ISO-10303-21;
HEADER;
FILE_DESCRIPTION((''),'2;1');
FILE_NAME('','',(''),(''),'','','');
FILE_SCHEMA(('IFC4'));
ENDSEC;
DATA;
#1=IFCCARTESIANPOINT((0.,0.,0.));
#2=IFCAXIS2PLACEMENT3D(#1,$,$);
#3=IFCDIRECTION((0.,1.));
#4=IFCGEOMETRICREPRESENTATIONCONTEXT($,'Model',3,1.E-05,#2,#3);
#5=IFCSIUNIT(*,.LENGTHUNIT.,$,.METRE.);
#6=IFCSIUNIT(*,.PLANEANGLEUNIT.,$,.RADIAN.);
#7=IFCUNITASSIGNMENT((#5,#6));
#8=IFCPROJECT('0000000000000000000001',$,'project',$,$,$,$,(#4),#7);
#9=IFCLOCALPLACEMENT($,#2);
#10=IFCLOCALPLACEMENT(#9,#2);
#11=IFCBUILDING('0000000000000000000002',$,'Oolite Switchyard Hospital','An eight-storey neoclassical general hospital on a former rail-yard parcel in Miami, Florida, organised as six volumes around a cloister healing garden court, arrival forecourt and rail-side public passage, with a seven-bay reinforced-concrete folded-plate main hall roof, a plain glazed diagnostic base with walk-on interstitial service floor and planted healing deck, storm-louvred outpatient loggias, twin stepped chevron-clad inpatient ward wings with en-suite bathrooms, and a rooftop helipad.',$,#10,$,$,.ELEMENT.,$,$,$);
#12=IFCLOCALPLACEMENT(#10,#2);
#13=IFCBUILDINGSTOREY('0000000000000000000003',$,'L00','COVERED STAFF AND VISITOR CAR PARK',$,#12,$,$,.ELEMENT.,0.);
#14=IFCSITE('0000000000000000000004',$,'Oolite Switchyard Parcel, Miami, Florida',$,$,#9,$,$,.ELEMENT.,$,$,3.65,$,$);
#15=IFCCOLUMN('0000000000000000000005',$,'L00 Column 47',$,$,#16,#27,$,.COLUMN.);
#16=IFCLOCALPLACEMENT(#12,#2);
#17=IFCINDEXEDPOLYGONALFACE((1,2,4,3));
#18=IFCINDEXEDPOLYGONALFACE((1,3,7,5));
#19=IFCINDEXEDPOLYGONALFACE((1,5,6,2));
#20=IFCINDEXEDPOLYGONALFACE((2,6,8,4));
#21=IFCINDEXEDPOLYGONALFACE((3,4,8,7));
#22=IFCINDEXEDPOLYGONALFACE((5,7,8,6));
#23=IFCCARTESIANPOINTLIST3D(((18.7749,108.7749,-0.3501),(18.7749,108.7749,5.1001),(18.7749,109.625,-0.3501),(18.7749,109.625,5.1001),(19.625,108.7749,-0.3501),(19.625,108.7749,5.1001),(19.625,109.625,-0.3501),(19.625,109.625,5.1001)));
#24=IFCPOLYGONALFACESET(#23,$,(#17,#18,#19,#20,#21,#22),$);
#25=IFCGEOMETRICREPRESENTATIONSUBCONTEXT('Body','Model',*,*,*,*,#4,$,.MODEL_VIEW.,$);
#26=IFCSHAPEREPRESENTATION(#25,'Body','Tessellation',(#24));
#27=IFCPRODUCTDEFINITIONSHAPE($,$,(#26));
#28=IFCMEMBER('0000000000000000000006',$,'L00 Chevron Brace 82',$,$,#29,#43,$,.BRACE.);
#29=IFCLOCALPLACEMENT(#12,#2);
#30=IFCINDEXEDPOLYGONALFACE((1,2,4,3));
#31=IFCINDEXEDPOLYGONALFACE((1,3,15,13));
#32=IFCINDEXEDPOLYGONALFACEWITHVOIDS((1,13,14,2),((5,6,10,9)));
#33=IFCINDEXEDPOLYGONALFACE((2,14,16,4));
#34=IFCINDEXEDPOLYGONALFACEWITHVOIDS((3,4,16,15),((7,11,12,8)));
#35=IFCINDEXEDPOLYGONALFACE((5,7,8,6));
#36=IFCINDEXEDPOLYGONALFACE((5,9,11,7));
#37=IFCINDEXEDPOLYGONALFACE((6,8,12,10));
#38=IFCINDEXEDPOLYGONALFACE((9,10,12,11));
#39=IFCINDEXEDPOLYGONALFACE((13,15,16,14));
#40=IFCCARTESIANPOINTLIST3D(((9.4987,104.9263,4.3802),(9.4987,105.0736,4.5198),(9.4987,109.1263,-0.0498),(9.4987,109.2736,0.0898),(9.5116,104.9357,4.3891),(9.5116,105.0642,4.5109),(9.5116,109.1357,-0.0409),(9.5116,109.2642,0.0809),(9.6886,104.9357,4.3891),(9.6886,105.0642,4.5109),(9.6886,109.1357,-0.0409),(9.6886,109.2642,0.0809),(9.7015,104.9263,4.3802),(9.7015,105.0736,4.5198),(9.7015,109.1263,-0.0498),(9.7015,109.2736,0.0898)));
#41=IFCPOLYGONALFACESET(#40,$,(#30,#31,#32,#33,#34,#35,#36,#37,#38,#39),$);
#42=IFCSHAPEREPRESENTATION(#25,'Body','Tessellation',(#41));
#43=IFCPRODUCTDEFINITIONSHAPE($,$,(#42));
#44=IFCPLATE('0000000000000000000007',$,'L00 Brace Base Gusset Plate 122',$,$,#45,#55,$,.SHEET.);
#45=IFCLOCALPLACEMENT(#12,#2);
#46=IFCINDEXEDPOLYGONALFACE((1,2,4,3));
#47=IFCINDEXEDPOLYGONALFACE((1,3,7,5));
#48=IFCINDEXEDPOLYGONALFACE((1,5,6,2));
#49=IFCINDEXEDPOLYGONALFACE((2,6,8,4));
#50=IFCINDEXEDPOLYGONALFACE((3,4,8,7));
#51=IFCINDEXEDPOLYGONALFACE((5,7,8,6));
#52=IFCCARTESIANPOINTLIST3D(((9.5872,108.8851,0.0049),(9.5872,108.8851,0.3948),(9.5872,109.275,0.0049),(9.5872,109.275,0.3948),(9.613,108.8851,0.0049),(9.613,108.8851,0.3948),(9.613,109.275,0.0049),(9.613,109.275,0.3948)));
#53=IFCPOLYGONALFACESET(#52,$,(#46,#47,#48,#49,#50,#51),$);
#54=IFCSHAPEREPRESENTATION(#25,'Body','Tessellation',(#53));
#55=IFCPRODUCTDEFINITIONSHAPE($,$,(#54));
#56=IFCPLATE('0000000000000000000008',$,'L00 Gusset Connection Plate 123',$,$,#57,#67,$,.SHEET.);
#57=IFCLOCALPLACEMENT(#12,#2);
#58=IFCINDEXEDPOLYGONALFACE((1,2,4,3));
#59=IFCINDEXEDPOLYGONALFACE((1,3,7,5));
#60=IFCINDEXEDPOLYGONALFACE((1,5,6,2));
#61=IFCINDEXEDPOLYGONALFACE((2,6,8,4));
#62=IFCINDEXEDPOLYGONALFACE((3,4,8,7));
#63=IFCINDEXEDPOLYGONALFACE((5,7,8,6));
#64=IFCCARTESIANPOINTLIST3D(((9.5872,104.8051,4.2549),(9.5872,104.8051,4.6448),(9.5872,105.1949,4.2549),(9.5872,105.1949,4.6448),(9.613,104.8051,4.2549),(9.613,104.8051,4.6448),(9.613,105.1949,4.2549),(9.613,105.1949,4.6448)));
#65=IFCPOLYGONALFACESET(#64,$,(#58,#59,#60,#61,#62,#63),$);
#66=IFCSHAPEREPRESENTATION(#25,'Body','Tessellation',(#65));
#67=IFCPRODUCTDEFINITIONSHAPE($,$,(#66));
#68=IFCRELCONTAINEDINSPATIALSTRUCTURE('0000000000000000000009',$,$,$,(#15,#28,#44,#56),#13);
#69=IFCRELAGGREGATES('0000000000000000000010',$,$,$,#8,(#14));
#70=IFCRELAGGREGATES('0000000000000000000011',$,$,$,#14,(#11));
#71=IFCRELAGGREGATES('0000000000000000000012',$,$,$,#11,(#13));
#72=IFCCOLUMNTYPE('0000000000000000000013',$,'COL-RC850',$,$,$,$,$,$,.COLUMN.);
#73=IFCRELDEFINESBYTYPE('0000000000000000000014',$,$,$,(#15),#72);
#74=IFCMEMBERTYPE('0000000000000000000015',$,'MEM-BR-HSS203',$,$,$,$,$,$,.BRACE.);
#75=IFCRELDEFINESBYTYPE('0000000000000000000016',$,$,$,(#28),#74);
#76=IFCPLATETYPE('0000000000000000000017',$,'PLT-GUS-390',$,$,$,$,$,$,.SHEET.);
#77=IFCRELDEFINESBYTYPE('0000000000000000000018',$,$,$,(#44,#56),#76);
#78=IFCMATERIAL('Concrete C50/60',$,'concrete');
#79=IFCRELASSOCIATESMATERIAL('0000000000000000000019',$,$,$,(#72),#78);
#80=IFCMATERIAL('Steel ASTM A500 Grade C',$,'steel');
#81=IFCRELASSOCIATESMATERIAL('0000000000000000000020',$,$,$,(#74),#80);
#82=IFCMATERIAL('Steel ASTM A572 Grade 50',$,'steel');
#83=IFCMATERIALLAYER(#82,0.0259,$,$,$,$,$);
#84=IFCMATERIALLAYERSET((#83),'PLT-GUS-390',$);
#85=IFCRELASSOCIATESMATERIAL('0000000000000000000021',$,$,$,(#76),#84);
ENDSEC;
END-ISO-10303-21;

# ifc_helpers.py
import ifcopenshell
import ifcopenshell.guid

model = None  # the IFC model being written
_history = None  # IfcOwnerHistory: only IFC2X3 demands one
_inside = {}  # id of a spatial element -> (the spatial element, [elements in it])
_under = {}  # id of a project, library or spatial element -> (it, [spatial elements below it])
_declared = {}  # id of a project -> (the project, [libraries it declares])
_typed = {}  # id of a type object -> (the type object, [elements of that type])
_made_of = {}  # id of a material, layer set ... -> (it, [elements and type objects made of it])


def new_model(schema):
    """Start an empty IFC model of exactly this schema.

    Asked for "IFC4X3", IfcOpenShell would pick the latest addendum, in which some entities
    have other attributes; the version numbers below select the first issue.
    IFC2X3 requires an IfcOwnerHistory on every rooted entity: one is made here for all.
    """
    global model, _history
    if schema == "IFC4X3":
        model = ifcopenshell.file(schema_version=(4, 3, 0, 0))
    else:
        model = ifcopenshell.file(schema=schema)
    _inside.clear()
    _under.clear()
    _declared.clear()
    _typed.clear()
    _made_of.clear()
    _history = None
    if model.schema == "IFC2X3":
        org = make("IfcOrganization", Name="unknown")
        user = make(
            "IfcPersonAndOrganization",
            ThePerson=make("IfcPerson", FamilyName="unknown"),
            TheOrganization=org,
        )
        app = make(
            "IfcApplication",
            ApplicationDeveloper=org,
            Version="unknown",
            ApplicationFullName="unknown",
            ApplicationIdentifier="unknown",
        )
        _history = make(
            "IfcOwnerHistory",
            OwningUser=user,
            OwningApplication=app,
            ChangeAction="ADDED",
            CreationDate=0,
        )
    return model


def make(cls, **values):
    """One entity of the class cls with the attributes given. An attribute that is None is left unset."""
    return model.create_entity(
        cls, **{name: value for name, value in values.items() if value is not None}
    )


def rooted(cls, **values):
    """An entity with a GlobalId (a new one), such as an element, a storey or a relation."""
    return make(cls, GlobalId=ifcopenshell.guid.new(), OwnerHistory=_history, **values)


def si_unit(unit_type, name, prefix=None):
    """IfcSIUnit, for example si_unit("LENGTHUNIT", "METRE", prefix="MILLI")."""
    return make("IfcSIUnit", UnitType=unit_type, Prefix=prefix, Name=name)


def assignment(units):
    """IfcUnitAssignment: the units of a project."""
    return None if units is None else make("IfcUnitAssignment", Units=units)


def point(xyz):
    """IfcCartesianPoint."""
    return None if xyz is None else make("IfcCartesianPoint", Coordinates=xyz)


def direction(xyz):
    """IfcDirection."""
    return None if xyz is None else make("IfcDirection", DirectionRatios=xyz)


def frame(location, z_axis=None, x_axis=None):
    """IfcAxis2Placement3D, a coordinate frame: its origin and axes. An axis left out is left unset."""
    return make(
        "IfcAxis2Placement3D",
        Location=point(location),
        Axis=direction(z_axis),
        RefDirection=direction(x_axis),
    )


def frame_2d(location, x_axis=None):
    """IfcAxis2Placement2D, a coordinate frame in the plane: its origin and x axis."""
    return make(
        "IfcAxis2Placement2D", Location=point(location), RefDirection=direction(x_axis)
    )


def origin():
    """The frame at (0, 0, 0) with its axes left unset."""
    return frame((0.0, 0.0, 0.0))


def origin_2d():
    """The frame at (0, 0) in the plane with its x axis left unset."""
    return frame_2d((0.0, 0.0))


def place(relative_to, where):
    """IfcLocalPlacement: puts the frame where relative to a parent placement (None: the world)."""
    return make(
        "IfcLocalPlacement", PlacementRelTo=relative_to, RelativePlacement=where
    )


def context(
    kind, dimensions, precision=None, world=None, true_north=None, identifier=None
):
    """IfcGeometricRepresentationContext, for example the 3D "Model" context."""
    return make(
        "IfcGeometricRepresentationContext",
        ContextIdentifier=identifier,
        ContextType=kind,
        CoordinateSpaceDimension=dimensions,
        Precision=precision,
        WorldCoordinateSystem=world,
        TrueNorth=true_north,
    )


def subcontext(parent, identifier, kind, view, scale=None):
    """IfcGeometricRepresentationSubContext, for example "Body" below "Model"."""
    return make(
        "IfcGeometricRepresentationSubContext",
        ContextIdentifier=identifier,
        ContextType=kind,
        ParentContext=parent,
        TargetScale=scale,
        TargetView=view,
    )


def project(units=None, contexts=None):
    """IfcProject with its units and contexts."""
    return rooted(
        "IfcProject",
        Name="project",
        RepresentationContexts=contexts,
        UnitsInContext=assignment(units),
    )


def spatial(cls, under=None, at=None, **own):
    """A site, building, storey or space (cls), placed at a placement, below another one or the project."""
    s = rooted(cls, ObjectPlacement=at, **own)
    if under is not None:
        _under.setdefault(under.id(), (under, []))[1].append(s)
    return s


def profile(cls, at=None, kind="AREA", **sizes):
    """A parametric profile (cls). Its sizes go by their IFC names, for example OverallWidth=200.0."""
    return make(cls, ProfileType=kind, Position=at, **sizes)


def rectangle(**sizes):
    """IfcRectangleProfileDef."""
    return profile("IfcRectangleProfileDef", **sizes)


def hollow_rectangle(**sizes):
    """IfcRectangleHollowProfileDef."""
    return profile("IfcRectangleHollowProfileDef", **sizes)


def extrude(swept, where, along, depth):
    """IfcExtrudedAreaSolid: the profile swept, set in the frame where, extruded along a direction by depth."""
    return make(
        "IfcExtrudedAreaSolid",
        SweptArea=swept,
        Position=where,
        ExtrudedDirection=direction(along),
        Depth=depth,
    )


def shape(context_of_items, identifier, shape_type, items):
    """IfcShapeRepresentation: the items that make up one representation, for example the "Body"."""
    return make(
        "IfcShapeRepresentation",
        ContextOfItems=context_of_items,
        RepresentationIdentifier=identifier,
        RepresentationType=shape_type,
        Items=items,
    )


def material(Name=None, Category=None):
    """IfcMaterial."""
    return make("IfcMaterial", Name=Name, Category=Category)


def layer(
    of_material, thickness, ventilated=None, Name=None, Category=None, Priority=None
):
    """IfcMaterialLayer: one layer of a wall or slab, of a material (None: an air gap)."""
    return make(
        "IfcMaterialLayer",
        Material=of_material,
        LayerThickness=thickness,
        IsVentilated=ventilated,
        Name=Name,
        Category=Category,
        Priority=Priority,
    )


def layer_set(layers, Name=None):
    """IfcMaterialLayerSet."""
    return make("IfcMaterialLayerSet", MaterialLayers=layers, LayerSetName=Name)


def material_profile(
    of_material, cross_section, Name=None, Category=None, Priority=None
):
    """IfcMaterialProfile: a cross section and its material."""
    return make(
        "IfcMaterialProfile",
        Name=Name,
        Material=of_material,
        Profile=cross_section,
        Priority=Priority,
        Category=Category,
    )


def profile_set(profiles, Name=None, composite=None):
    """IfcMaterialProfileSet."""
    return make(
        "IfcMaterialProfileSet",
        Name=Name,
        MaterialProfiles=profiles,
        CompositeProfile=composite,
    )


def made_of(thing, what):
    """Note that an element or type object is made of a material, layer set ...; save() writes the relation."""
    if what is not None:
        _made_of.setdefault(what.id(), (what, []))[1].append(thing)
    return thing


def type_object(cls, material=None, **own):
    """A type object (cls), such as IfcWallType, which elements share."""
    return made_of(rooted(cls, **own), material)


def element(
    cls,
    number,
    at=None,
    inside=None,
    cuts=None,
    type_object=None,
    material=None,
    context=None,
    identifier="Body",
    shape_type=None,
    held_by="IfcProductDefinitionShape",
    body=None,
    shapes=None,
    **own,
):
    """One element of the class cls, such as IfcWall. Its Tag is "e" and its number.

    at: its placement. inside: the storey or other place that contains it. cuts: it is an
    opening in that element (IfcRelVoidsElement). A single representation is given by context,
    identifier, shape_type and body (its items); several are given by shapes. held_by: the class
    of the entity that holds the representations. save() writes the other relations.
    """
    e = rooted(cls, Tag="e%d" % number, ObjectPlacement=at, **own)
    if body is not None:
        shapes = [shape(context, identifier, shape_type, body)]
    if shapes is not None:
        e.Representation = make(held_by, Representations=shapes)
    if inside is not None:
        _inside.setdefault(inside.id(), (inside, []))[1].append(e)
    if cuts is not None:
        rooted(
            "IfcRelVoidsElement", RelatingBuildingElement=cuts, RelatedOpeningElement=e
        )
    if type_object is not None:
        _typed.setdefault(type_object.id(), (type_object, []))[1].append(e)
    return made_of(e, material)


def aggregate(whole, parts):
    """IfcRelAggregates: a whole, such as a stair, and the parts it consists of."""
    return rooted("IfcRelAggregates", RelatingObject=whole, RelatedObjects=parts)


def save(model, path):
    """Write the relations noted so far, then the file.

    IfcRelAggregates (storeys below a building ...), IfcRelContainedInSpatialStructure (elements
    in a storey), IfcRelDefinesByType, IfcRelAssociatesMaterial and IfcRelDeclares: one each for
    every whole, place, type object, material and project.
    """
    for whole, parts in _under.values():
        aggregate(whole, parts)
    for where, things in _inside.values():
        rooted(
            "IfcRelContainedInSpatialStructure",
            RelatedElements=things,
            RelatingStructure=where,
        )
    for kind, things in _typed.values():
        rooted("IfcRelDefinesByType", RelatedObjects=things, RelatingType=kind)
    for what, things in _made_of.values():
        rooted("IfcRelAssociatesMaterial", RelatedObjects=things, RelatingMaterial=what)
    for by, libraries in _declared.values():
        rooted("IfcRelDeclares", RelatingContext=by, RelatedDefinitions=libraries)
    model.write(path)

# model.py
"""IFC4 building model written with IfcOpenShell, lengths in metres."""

from ifc_helpers import new_model, si_unit, direction, frame, origin, origin_2d, place, context, subcontext, project, spatial, rectangle, hollow_rectangle, extrude, material, layer, layer_set, material_profile, profile_set, type_object, element, save


model = new_model("IFC4")

# Units and contexts
model_context = context("Model", 3, precision=1e-05, world=origin(), true_north=direction((0.0, 1.0)))
body_context = subcontext(model_context, "Body", "Model", "MODEL_VIEW")
ifc_project = project(units=[si_unit("LENGTHUNIT", "METRE"), si_unit("PLANEANGLEUNIT", "RADIAN")], contexts=[model_context])

# Site, building, storey
site_placement = place(None, origin())
site = spatial("IfcSite", under=ifc_project, at=site_placement, Name="Oolite Switchyard Parcel, Miami, Florida", CompositionType="ELEMENT", RefElevation=3.65)
building_placement = place(site_placement, origin())
building = spatial("IfcBuilding", under=site, at=building_placement, Name="Oolite Switchyard Hospital", Description="An eight-storey neoclassical general hospital on a former rail-yard parcel in Miami, Florida, organised as six volumes around a cloister healing garden court, arrival forecourt and rail-side public passage, with a seven-bay reinforced-concrete folded-plate main hall roof, a plain glazed diagnostic base with walk-on interstitial service floor and planted healing deck, storm-louvred outpatient loggias, twin stepped chevron-clad inpatient ward wings with en-suite bathrooms, and a rooftop helipad.", CompositionType="ELEMENT")
storey_placement = place(building_placement, origin())
storey = spatial("IfcBuildingStorey", under=building, at=storey_placement, Name="L00", Description="COVERED STAFF AND VISITOR CAR PARK", CompositionType="ELEMENT", Elevation=0.0)

# Column
ifc_material_1 = material(Name="Concrete C50/60", Category="concrete")
ifc_material_profile_1 = material_profile(ifc_material_1, rectangle(XDim=0.8501, YDim=0.8501, at=origin_2d()), Name="RC850X850")
ifc_profile_set_1 = profile_set([ifc_material_profile_1], Name="Concrete C50/60")
column_type = type_object("IfcColumnType", Name="COL-RC850", PredefinedType="COLUMN", material=ifc_profile_set_1)
for number, where, z_axis, x_axis, name in (
    (1, (19.2, 109.2, -0.3501), (0.0, 0.0, 1.0), (1.0, 0.0, 0.0), "L00 Column 47"),
):
    element("IfcColumn", number, at=place(storey_placement, frame(where, z_axis=z_axis, x_axis=x_axis)), inside=storey, type_object=column_type, Name=name, PredefinedType="COLUMN", context=body_context, shape_type="SweptSolid", body=[
        extrude(rectangle(XDim=0.8501, YDim=0.8501, at=origin_2d()), origin(), (0.0, 0.0, 1.0), 5.4502),
    ])

# Member
ifc_material_2 = material(Name="Steel ASTM A500 Grade C", Category="steel")
ifc_material_profile_2 = material_profile(ifc_material_2, hollow_rectangle(XDim=0.2029, YDim=0.2029, WallThickness=0.0129, at=origin_2d()), Name="HSS203X203X13")
ifc_profile_set_2 = profile_set([ifc_material_profile_2], Name="Steel ASTM A500 Grade C")
member_type = type_object("IfcMemberType", Name="MEM-BR-HSS203", PredefinedType="BRACE", material=ifc_profile_set_2)
member_placement = place(storey_placement, frame((9.6001, 109.2, 0.02), z_axis=(0.0, -0.688019, 0.725693), x_axis=(1.0, 0.0, 0.0)))
element("IfcMember", 2, at=member_placement, inside=storey, type_object=member_type, Name="L00 Chevron Brace 82", PredefinedType="BRACE", context=body_context, shape_type="SweptSolid", body=[
    extrude(hollow_rectangle(XDim=0.2029, YDim=0.2029, WallThickness=0.0129, at=origin_2d()), origin(), (0.0, 0.0, 1.0), 6.1045),
])

# Plates
ifc_material_3 = material(Name="Steel ASTM A572 Grade 50", Category="steel")
ifc_layer = layer(ifc_material_3, 0.0259)
ifc_layer_set = layer_set([ifc_layer], Name="PLT-GUS-390")
plate_type = type_object("IfcPlateType", Name="PLT-GUS-390", PredefinedType="SHEET", material=ifc_layer_set)
for number, where, z_axis, x_axis, name in (
    (3, (9.6001, 109.0801, 0.0049), (0.0, 0.0, 1.0), (0.0, 1.0, 0.0), "L00 Brace Base Gusset Plate 122"),
    (4, (9.6001, 105.0, 4.2549), (0.0, 0.0, 1.0), (0.0, 1.0, 0.0), "L00 Gusset Connection Plate 123"),
):
    element("IfcPlate", number, at=place(storey_placement, frame(where, z_axis=z_axis, x_axis=x_axis)), inside=storey, type_object=plate_type, Name=name, PredefinedType="SHEET", context=body_context, shape_type="SweptSolid", body=[
        extrude(rectangle(XDim=0.3899, YDim=0.0259, at=origin_2d()), origin(), (0.0, 0.0, 1.0), 0.3899),
    ])

save(model, "model.ifc")
